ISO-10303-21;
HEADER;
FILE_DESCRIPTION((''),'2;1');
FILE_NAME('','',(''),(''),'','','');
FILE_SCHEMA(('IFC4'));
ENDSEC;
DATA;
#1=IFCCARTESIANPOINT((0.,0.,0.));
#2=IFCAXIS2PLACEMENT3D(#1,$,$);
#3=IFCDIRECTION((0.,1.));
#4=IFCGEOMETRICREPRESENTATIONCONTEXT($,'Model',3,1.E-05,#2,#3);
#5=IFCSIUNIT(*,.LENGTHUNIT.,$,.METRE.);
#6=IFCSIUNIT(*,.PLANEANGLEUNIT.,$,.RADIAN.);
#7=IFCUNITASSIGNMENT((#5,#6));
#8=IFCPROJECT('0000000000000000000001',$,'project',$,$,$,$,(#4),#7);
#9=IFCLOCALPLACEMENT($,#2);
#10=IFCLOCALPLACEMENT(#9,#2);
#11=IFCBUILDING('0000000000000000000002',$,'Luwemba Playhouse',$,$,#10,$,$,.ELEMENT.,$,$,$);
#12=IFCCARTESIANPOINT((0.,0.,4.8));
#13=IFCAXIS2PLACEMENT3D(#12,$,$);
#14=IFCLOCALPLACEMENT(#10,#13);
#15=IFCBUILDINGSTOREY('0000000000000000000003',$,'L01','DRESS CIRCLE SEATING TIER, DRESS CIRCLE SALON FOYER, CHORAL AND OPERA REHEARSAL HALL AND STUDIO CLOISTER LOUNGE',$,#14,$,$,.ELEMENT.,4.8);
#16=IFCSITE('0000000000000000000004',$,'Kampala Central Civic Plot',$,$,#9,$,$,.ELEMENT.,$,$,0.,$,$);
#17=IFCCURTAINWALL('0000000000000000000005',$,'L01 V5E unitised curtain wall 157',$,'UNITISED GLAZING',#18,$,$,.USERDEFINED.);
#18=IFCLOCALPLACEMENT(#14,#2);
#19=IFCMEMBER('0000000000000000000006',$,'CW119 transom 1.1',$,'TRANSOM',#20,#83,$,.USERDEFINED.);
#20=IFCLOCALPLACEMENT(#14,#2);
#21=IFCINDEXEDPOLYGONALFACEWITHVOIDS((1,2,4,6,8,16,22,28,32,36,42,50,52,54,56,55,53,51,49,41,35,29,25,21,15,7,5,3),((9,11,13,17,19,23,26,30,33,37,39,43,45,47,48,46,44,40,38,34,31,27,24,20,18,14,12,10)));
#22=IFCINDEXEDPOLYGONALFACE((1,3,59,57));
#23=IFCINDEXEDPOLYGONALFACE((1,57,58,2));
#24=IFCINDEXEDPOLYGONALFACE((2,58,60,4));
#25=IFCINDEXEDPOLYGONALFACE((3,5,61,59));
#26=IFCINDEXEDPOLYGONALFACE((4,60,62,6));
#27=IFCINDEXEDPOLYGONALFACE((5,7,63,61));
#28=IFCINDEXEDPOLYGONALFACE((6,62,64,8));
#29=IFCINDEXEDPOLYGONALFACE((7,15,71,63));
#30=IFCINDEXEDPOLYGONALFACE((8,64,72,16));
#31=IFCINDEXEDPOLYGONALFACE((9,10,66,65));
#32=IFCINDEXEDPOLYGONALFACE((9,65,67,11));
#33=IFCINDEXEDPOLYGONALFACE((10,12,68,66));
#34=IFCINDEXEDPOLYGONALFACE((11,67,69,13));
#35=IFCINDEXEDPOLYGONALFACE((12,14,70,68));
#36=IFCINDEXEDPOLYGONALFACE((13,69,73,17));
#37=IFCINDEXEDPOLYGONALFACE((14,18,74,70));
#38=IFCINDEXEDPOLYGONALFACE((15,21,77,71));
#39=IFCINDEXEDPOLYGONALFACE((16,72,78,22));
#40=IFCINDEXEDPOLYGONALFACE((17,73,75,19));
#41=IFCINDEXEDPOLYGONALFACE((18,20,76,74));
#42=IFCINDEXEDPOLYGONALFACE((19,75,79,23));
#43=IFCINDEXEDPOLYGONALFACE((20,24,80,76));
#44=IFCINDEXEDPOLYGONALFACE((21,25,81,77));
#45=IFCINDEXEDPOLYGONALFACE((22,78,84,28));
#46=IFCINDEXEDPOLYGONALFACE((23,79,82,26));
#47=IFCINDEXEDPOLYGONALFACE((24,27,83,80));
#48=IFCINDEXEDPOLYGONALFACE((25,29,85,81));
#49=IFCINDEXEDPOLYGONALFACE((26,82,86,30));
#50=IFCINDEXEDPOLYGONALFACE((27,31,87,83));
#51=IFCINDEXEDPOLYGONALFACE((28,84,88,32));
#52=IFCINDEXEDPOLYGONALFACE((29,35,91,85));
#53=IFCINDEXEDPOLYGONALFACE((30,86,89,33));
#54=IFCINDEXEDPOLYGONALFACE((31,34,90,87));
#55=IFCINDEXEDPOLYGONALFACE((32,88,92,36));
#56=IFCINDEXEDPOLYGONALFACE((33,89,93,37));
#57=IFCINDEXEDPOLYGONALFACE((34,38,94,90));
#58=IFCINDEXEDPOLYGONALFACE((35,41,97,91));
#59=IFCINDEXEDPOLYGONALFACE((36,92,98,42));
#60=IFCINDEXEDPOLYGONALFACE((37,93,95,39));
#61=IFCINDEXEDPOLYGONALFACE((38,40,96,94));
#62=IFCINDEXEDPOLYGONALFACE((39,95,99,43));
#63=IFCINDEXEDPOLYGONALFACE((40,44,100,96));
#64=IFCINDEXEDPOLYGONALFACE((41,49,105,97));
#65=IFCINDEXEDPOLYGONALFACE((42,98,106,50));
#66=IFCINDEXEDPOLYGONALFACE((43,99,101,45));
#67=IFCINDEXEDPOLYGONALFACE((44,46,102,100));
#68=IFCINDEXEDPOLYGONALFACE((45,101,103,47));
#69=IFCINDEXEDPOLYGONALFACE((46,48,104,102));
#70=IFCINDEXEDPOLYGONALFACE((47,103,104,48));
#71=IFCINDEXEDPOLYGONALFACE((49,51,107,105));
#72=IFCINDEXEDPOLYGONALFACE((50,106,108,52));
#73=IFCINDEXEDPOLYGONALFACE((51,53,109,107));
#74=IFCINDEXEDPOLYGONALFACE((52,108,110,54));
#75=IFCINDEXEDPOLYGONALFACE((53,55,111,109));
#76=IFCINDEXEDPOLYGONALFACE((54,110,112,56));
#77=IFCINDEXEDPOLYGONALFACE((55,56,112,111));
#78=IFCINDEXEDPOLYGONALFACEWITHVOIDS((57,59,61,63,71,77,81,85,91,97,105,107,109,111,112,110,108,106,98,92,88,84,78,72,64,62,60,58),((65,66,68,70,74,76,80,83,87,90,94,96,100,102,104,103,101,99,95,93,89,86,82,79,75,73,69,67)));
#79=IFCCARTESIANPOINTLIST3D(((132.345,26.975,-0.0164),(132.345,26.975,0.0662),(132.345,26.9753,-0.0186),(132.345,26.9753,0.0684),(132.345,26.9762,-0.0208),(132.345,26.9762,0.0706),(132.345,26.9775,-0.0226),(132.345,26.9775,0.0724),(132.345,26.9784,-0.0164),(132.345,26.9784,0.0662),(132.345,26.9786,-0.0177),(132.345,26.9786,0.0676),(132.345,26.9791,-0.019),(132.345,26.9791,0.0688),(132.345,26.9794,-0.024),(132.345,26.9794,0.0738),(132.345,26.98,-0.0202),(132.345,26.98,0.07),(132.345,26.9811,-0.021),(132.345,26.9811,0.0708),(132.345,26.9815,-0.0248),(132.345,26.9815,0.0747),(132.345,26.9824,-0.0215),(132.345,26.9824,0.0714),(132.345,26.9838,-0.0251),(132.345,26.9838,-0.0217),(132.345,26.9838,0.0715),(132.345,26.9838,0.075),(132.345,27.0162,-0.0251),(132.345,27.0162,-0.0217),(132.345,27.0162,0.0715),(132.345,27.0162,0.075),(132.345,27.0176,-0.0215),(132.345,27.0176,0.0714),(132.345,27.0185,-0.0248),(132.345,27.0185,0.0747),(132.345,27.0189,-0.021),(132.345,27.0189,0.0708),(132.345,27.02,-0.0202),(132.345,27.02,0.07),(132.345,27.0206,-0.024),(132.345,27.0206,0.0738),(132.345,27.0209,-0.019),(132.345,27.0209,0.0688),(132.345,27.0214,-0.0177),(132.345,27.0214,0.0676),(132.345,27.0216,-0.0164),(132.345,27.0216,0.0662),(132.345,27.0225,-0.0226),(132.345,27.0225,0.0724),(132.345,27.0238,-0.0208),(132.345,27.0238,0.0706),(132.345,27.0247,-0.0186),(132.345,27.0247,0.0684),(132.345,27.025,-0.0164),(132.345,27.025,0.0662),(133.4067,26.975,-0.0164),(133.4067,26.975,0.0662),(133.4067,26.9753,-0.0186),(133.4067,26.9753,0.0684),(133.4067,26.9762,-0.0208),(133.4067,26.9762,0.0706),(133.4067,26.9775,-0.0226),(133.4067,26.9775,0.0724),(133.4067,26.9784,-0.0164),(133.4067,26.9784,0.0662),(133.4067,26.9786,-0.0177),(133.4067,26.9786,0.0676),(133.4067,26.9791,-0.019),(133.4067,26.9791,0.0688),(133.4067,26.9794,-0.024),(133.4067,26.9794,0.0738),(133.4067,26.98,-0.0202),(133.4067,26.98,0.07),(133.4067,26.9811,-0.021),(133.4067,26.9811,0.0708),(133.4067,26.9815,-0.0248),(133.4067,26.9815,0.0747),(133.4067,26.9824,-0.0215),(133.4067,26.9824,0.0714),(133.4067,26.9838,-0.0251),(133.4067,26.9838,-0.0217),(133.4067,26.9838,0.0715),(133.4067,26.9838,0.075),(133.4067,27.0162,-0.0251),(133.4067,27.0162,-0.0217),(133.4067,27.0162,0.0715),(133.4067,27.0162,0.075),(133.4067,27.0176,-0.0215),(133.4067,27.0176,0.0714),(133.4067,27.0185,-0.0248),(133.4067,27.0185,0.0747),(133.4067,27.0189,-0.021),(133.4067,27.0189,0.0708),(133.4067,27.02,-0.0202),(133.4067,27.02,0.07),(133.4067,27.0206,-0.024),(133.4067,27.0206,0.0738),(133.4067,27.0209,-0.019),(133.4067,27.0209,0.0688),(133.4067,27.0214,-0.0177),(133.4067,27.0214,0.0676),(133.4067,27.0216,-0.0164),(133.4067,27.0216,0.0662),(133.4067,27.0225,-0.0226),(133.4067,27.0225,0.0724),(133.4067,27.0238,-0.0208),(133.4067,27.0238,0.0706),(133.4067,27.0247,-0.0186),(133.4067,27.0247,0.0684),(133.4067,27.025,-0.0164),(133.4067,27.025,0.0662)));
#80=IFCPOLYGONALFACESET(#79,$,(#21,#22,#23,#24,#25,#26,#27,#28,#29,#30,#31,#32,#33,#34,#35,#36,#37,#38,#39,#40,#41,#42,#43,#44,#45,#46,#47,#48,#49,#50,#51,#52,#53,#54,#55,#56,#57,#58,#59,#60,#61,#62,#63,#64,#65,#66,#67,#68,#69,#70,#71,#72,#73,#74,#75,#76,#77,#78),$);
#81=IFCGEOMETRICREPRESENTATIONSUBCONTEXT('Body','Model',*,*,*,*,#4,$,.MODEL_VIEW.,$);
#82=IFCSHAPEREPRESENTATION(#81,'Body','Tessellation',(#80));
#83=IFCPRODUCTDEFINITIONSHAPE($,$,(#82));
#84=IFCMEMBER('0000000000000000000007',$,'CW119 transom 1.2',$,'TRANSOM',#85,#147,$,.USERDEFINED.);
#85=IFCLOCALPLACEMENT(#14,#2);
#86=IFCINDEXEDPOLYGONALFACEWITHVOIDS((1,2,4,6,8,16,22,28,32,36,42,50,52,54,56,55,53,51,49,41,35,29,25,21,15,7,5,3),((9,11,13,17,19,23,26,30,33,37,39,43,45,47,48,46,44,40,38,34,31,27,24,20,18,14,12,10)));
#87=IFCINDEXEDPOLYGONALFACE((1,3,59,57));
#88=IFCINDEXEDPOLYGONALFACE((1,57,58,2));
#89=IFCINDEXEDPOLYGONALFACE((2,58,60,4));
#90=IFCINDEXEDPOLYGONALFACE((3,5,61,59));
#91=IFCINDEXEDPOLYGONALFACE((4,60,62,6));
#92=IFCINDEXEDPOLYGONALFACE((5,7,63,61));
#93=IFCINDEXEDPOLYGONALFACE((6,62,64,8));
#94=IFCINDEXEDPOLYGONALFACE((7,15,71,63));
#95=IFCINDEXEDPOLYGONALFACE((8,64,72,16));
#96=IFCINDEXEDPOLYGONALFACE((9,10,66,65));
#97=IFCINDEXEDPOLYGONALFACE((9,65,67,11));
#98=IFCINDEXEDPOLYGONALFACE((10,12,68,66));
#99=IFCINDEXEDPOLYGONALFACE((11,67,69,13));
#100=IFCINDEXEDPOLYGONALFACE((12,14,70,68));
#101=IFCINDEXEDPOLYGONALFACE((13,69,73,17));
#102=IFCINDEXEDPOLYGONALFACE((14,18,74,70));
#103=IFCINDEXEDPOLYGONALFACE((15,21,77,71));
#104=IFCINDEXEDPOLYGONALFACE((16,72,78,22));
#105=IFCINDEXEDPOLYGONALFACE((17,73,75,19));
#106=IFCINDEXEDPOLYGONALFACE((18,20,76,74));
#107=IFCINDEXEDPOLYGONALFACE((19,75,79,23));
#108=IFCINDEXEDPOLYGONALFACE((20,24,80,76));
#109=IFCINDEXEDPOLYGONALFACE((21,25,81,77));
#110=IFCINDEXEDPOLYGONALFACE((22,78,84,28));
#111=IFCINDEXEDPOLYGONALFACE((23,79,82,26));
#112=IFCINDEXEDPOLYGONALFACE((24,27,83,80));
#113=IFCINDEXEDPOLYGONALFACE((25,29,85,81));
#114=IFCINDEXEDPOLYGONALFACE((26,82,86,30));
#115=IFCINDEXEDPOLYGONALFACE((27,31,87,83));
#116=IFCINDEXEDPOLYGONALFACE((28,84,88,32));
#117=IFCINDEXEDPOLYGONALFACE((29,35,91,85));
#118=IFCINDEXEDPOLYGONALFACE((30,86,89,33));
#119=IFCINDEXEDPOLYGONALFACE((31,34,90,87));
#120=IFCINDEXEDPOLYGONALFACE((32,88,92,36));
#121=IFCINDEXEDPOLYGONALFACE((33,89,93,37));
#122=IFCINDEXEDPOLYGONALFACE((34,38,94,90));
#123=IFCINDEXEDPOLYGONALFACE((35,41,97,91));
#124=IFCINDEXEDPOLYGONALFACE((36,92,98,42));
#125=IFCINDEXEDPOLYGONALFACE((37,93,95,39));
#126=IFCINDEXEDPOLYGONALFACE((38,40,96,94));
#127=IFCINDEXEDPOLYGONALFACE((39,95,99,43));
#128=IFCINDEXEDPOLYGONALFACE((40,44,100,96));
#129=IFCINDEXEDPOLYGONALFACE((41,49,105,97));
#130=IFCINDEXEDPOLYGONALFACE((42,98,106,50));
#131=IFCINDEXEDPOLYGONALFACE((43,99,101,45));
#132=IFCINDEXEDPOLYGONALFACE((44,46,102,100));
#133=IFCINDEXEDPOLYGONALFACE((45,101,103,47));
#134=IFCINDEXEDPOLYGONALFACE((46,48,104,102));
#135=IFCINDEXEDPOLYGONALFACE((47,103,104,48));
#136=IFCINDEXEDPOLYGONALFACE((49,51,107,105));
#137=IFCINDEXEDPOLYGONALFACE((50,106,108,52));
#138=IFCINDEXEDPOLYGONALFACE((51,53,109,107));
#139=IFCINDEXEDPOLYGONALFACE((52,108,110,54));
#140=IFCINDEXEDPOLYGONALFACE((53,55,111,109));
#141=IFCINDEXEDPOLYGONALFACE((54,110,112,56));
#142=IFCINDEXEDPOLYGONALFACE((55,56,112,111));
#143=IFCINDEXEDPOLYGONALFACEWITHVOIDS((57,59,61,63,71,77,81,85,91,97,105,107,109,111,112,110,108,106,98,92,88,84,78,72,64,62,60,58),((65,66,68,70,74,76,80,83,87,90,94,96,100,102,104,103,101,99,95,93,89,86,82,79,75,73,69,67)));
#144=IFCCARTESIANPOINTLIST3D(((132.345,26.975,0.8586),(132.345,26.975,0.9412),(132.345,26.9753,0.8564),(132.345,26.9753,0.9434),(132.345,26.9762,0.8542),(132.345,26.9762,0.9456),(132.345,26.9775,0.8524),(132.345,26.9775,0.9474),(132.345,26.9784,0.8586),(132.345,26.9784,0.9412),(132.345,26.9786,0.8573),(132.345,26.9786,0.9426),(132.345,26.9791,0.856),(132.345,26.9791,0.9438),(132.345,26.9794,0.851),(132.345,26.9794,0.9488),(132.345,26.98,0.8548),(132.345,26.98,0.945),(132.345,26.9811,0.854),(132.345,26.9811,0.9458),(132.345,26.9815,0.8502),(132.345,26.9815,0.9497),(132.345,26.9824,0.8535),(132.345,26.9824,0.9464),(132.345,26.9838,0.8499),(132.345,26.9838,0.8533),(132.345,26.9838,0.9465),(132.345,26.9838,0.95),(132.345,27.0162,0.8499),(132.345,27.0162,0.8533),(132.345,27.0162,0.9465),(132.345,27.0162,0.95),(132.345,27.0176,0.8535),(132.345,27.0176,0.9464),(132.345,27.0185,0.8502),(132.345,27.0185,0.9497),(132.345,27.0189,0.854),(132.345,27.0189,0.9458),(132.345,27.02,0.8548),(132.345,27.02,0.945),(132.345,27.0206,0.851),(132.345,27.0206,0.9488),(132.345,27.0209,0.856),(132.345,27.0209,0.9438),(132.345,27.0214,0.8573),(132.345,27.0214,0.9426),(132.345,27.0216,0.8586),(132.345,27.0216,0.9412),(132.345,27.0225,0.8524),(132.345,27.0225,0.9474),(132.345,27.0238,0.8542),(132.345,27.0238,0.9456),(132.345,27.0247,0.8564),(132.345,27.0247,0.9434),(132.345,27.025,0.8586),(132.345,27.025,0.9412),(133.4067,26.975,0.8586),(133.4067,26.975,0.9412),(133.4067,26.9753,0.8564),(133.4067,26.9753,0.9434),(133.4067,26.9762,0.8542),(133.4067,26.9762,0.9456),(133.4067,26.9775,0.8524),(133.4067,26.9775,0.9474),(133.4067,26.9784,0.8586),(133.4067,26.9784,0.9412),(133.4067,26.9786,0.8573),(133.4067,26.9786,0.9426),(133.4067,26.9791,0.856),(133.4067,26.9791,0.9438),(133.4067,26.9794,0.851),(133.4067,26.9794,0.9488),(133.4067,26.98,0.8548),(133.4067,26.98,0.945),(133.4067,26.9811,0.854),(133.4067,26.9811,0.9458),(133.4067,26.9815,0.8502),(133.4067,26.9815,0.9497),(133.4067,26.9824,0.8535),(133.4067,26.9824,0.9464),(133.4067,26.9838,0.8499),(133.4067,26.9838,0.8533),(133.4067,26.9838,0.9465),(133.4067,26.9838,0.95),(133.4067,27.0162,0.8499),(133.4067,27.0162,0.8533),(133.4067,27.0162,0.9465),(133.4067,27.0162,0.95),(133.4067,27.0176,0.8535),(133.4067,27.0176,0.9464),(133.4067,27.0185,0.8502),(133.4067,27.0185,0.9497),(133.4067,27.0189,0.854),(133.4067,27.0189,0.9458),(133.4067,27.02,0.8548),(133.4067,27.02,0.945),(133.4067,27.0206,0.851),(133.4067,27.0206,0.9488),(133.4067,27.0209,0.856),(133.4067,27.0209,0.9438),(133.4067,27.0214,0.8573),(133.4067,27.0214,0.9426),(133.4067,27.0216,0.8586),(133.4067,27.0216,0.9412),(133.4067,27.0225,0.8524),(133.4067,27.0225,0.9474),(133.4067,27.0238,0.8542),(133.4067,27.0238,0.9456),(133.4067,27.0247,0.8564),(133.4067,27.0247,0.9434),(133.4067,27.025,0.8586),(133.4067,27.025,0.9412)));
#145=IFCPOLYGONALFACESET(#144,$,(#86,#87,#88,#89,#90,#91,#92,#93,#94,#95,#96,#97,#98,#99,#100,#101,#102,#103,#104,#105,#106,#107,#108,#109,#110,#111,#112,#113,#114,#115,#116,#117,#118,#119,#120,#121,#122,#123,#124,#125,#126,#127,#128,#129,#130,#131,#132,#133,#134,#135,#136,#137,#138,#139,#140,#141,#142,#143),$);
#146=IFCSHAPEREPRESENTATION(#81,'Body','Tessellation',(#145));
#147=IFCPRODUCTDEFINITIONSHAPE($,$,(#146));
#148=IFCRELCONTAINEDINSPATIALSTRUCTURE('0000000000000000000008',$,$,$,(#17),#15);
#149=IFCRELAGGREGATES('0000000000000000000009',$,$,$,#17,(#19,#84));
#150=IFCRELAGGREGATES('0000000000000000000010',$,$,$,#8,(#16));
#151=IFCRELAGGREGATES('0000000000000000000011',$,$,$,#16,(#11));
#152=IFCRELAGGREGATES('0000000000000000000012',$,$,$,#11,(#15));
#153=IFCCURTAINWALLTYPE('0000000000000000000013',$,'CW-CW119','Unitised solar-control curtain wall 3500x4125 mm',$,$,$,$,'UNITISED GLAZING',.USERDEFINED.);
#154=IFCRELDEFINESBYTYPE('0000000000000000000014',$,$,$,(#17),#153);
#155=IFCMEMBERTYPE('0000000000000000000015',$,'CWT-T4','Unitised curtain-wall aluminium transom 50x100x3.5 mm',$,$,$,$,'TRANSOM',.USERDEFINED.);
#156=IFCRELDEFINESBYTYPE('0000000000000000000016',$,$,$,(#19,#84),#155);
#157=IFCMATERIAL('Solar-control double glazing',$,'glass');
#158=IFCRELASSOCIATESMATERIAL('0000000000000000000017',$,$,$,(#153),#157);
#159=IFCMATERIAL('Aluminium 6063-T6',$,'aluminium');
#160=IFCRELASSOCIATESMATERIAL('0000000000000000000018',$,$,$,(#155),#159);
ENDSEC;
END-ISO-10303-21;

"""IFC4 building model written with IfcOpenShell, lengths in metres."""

from ifc_helpers import new_model, si_unit, direction, frame, origin, origin_2d, place, context, subcontext, project, spatial, hollow_rectangle, extrude, material, material_profile, profile_set, type_object, element, aggregate, save


model = new_model("IFC4")

# Units and contexts
model_context = context("Model", 3, precision=1e-05, world=origin(), true_north=direction((0.0, 1.0)))
body_context = subcontext(model_context, "Body", "Model", "MODEL_VIEW")
ifc_project = project(units=[si_unit("LENGTHUNIT", "METRE"), si_unit("PLANEANGLEUNIT", "RADIAN")], contexts=[model_context])

# Site, building, storey
site_placement = place(None, origin())
site = spatial("IfcSite", under=ifc_project, at=site_placement, Name="Kampala Central Civic Plot", CompositionType="ELEMENT", RefElevation=0.0)
building_placement = place(site_placement, origin())
building = spatial("IfcBuilding", under=site, at=building_placement, Name="Luwemba Playhouse", CompositionType="ELEMENT")
storey_placement = place(building_placement, frame((0.0, 0.0, 4.8)))
storey = spatial("IfcBuildingStorey", under=building, at=storey_placement, Name="L01", Description="DRESS CIRCLE SEATING TIER, DRESS CIRCLE SALON FOYER, CHORAL AND OPERA REHEARSAL HALL AND STUDIO CLOISTER LOUNGE", CompositionType="ELEMENT", Elevation=4.8)

# Shared definitions
ifc_material_1 = material(Name="Solar-control double glazing", Category="glass")
ifc_material_2 = material(Name="Aluminium 6063-T6", Category="aluminium")

# Curtain wall
curtain_wall_type_1 = type_object("IfcCurtainWallType", Name="CW-CW119", Description="Unitised solar-control curtain wall 3500x4125 mm", ElementType="UNITISED GLAZING", PredefinedType="USERDEFINED", material=ifc_material_1)
curtain_wall_1_placement = place(storey_placement, origin())
curtain_wall_1 = element("IfcCurtainWall", 1, at=curtain_wall_1_placement, inside=storey, type_object=curtain_wall_type_1, Name="L01 V5E unitised curtain wall 157", ObjectType="UNITISED GLAZING", PredefinedType="USERDEFINED")

# Members
ifc_material_profile_1 = material_profile(ifc_material_2, hollow_rectangle(XDim=0.05, YDim=0.1001, WallThickness=0.0034, InnerFilletRadius=0.0054, OuterFilletRadius=0.0088, at=origin_2d()))
ifc_profile_set_1 = profile_set([ifc_material_profile_1], Name="Aluminium 6063-T6")
member_type_1 = type_object("IfcMemberType", Name="CWT-T4", Description="Unitised curtain-wall aluminium transom 50x100x3.5 mm", ElementType="TRANSOM", PredefinedType="USERDEFINED", material=ifc_profile_set_1)
member_1_placement = place(storey_placement, frame((132.345, 27.0, 0.0249), z_axis=(1.0, 0.0, 0.0), x_axis=(0.0, 1.0, 0.0)))
member_1 = element("IfcMember", 2, at=member_1_placement, type_object=member_type_1, Name="CW119 transom 1.1", ObjectType="TRANSOM", PredefinedType="USERDEFINED", context=body_context, shape_type="SweptSolid", body=[
    extrude(hollow_rectangle(XDim=0.05, YDim=0.1001, WallThickness=0.0034, InnerFilletRadius=0.0054, OuterFilletRadius=0.0088, at=origin_2d()), origin(), (0.0, 0.0, 1.0), 1.0618),
])
member_2_placement = place(storey_placement, frame((132.345, 27.0, 0.8999), z_axis=(1.0, 0.0, 0.0), x_axis=(0.0, 1.0, 0.0)))
member_2 = element("IfcMember", 3, at=member_2_placement, type_object=member_type_1, Name="CW119 transom 1.2", ObjectType="TRANSOM", PredefinedType="USERDEFINED", context=body_context, shape_type="SweptSolid", body=[
    extrude(hollow_rectangle(XDim=0.05, YDim=0.1001, WallThickness=0.0034, InnerFilletRadius=0.0054, OuterFilletRadius=0.0088, at=origin_2d()), origin(), (0.0, 0.0, 1.0), 1.0618),
])

aggregate(curtain_wall_1, [member_1, member_2])

save(model, "model.ifc")
